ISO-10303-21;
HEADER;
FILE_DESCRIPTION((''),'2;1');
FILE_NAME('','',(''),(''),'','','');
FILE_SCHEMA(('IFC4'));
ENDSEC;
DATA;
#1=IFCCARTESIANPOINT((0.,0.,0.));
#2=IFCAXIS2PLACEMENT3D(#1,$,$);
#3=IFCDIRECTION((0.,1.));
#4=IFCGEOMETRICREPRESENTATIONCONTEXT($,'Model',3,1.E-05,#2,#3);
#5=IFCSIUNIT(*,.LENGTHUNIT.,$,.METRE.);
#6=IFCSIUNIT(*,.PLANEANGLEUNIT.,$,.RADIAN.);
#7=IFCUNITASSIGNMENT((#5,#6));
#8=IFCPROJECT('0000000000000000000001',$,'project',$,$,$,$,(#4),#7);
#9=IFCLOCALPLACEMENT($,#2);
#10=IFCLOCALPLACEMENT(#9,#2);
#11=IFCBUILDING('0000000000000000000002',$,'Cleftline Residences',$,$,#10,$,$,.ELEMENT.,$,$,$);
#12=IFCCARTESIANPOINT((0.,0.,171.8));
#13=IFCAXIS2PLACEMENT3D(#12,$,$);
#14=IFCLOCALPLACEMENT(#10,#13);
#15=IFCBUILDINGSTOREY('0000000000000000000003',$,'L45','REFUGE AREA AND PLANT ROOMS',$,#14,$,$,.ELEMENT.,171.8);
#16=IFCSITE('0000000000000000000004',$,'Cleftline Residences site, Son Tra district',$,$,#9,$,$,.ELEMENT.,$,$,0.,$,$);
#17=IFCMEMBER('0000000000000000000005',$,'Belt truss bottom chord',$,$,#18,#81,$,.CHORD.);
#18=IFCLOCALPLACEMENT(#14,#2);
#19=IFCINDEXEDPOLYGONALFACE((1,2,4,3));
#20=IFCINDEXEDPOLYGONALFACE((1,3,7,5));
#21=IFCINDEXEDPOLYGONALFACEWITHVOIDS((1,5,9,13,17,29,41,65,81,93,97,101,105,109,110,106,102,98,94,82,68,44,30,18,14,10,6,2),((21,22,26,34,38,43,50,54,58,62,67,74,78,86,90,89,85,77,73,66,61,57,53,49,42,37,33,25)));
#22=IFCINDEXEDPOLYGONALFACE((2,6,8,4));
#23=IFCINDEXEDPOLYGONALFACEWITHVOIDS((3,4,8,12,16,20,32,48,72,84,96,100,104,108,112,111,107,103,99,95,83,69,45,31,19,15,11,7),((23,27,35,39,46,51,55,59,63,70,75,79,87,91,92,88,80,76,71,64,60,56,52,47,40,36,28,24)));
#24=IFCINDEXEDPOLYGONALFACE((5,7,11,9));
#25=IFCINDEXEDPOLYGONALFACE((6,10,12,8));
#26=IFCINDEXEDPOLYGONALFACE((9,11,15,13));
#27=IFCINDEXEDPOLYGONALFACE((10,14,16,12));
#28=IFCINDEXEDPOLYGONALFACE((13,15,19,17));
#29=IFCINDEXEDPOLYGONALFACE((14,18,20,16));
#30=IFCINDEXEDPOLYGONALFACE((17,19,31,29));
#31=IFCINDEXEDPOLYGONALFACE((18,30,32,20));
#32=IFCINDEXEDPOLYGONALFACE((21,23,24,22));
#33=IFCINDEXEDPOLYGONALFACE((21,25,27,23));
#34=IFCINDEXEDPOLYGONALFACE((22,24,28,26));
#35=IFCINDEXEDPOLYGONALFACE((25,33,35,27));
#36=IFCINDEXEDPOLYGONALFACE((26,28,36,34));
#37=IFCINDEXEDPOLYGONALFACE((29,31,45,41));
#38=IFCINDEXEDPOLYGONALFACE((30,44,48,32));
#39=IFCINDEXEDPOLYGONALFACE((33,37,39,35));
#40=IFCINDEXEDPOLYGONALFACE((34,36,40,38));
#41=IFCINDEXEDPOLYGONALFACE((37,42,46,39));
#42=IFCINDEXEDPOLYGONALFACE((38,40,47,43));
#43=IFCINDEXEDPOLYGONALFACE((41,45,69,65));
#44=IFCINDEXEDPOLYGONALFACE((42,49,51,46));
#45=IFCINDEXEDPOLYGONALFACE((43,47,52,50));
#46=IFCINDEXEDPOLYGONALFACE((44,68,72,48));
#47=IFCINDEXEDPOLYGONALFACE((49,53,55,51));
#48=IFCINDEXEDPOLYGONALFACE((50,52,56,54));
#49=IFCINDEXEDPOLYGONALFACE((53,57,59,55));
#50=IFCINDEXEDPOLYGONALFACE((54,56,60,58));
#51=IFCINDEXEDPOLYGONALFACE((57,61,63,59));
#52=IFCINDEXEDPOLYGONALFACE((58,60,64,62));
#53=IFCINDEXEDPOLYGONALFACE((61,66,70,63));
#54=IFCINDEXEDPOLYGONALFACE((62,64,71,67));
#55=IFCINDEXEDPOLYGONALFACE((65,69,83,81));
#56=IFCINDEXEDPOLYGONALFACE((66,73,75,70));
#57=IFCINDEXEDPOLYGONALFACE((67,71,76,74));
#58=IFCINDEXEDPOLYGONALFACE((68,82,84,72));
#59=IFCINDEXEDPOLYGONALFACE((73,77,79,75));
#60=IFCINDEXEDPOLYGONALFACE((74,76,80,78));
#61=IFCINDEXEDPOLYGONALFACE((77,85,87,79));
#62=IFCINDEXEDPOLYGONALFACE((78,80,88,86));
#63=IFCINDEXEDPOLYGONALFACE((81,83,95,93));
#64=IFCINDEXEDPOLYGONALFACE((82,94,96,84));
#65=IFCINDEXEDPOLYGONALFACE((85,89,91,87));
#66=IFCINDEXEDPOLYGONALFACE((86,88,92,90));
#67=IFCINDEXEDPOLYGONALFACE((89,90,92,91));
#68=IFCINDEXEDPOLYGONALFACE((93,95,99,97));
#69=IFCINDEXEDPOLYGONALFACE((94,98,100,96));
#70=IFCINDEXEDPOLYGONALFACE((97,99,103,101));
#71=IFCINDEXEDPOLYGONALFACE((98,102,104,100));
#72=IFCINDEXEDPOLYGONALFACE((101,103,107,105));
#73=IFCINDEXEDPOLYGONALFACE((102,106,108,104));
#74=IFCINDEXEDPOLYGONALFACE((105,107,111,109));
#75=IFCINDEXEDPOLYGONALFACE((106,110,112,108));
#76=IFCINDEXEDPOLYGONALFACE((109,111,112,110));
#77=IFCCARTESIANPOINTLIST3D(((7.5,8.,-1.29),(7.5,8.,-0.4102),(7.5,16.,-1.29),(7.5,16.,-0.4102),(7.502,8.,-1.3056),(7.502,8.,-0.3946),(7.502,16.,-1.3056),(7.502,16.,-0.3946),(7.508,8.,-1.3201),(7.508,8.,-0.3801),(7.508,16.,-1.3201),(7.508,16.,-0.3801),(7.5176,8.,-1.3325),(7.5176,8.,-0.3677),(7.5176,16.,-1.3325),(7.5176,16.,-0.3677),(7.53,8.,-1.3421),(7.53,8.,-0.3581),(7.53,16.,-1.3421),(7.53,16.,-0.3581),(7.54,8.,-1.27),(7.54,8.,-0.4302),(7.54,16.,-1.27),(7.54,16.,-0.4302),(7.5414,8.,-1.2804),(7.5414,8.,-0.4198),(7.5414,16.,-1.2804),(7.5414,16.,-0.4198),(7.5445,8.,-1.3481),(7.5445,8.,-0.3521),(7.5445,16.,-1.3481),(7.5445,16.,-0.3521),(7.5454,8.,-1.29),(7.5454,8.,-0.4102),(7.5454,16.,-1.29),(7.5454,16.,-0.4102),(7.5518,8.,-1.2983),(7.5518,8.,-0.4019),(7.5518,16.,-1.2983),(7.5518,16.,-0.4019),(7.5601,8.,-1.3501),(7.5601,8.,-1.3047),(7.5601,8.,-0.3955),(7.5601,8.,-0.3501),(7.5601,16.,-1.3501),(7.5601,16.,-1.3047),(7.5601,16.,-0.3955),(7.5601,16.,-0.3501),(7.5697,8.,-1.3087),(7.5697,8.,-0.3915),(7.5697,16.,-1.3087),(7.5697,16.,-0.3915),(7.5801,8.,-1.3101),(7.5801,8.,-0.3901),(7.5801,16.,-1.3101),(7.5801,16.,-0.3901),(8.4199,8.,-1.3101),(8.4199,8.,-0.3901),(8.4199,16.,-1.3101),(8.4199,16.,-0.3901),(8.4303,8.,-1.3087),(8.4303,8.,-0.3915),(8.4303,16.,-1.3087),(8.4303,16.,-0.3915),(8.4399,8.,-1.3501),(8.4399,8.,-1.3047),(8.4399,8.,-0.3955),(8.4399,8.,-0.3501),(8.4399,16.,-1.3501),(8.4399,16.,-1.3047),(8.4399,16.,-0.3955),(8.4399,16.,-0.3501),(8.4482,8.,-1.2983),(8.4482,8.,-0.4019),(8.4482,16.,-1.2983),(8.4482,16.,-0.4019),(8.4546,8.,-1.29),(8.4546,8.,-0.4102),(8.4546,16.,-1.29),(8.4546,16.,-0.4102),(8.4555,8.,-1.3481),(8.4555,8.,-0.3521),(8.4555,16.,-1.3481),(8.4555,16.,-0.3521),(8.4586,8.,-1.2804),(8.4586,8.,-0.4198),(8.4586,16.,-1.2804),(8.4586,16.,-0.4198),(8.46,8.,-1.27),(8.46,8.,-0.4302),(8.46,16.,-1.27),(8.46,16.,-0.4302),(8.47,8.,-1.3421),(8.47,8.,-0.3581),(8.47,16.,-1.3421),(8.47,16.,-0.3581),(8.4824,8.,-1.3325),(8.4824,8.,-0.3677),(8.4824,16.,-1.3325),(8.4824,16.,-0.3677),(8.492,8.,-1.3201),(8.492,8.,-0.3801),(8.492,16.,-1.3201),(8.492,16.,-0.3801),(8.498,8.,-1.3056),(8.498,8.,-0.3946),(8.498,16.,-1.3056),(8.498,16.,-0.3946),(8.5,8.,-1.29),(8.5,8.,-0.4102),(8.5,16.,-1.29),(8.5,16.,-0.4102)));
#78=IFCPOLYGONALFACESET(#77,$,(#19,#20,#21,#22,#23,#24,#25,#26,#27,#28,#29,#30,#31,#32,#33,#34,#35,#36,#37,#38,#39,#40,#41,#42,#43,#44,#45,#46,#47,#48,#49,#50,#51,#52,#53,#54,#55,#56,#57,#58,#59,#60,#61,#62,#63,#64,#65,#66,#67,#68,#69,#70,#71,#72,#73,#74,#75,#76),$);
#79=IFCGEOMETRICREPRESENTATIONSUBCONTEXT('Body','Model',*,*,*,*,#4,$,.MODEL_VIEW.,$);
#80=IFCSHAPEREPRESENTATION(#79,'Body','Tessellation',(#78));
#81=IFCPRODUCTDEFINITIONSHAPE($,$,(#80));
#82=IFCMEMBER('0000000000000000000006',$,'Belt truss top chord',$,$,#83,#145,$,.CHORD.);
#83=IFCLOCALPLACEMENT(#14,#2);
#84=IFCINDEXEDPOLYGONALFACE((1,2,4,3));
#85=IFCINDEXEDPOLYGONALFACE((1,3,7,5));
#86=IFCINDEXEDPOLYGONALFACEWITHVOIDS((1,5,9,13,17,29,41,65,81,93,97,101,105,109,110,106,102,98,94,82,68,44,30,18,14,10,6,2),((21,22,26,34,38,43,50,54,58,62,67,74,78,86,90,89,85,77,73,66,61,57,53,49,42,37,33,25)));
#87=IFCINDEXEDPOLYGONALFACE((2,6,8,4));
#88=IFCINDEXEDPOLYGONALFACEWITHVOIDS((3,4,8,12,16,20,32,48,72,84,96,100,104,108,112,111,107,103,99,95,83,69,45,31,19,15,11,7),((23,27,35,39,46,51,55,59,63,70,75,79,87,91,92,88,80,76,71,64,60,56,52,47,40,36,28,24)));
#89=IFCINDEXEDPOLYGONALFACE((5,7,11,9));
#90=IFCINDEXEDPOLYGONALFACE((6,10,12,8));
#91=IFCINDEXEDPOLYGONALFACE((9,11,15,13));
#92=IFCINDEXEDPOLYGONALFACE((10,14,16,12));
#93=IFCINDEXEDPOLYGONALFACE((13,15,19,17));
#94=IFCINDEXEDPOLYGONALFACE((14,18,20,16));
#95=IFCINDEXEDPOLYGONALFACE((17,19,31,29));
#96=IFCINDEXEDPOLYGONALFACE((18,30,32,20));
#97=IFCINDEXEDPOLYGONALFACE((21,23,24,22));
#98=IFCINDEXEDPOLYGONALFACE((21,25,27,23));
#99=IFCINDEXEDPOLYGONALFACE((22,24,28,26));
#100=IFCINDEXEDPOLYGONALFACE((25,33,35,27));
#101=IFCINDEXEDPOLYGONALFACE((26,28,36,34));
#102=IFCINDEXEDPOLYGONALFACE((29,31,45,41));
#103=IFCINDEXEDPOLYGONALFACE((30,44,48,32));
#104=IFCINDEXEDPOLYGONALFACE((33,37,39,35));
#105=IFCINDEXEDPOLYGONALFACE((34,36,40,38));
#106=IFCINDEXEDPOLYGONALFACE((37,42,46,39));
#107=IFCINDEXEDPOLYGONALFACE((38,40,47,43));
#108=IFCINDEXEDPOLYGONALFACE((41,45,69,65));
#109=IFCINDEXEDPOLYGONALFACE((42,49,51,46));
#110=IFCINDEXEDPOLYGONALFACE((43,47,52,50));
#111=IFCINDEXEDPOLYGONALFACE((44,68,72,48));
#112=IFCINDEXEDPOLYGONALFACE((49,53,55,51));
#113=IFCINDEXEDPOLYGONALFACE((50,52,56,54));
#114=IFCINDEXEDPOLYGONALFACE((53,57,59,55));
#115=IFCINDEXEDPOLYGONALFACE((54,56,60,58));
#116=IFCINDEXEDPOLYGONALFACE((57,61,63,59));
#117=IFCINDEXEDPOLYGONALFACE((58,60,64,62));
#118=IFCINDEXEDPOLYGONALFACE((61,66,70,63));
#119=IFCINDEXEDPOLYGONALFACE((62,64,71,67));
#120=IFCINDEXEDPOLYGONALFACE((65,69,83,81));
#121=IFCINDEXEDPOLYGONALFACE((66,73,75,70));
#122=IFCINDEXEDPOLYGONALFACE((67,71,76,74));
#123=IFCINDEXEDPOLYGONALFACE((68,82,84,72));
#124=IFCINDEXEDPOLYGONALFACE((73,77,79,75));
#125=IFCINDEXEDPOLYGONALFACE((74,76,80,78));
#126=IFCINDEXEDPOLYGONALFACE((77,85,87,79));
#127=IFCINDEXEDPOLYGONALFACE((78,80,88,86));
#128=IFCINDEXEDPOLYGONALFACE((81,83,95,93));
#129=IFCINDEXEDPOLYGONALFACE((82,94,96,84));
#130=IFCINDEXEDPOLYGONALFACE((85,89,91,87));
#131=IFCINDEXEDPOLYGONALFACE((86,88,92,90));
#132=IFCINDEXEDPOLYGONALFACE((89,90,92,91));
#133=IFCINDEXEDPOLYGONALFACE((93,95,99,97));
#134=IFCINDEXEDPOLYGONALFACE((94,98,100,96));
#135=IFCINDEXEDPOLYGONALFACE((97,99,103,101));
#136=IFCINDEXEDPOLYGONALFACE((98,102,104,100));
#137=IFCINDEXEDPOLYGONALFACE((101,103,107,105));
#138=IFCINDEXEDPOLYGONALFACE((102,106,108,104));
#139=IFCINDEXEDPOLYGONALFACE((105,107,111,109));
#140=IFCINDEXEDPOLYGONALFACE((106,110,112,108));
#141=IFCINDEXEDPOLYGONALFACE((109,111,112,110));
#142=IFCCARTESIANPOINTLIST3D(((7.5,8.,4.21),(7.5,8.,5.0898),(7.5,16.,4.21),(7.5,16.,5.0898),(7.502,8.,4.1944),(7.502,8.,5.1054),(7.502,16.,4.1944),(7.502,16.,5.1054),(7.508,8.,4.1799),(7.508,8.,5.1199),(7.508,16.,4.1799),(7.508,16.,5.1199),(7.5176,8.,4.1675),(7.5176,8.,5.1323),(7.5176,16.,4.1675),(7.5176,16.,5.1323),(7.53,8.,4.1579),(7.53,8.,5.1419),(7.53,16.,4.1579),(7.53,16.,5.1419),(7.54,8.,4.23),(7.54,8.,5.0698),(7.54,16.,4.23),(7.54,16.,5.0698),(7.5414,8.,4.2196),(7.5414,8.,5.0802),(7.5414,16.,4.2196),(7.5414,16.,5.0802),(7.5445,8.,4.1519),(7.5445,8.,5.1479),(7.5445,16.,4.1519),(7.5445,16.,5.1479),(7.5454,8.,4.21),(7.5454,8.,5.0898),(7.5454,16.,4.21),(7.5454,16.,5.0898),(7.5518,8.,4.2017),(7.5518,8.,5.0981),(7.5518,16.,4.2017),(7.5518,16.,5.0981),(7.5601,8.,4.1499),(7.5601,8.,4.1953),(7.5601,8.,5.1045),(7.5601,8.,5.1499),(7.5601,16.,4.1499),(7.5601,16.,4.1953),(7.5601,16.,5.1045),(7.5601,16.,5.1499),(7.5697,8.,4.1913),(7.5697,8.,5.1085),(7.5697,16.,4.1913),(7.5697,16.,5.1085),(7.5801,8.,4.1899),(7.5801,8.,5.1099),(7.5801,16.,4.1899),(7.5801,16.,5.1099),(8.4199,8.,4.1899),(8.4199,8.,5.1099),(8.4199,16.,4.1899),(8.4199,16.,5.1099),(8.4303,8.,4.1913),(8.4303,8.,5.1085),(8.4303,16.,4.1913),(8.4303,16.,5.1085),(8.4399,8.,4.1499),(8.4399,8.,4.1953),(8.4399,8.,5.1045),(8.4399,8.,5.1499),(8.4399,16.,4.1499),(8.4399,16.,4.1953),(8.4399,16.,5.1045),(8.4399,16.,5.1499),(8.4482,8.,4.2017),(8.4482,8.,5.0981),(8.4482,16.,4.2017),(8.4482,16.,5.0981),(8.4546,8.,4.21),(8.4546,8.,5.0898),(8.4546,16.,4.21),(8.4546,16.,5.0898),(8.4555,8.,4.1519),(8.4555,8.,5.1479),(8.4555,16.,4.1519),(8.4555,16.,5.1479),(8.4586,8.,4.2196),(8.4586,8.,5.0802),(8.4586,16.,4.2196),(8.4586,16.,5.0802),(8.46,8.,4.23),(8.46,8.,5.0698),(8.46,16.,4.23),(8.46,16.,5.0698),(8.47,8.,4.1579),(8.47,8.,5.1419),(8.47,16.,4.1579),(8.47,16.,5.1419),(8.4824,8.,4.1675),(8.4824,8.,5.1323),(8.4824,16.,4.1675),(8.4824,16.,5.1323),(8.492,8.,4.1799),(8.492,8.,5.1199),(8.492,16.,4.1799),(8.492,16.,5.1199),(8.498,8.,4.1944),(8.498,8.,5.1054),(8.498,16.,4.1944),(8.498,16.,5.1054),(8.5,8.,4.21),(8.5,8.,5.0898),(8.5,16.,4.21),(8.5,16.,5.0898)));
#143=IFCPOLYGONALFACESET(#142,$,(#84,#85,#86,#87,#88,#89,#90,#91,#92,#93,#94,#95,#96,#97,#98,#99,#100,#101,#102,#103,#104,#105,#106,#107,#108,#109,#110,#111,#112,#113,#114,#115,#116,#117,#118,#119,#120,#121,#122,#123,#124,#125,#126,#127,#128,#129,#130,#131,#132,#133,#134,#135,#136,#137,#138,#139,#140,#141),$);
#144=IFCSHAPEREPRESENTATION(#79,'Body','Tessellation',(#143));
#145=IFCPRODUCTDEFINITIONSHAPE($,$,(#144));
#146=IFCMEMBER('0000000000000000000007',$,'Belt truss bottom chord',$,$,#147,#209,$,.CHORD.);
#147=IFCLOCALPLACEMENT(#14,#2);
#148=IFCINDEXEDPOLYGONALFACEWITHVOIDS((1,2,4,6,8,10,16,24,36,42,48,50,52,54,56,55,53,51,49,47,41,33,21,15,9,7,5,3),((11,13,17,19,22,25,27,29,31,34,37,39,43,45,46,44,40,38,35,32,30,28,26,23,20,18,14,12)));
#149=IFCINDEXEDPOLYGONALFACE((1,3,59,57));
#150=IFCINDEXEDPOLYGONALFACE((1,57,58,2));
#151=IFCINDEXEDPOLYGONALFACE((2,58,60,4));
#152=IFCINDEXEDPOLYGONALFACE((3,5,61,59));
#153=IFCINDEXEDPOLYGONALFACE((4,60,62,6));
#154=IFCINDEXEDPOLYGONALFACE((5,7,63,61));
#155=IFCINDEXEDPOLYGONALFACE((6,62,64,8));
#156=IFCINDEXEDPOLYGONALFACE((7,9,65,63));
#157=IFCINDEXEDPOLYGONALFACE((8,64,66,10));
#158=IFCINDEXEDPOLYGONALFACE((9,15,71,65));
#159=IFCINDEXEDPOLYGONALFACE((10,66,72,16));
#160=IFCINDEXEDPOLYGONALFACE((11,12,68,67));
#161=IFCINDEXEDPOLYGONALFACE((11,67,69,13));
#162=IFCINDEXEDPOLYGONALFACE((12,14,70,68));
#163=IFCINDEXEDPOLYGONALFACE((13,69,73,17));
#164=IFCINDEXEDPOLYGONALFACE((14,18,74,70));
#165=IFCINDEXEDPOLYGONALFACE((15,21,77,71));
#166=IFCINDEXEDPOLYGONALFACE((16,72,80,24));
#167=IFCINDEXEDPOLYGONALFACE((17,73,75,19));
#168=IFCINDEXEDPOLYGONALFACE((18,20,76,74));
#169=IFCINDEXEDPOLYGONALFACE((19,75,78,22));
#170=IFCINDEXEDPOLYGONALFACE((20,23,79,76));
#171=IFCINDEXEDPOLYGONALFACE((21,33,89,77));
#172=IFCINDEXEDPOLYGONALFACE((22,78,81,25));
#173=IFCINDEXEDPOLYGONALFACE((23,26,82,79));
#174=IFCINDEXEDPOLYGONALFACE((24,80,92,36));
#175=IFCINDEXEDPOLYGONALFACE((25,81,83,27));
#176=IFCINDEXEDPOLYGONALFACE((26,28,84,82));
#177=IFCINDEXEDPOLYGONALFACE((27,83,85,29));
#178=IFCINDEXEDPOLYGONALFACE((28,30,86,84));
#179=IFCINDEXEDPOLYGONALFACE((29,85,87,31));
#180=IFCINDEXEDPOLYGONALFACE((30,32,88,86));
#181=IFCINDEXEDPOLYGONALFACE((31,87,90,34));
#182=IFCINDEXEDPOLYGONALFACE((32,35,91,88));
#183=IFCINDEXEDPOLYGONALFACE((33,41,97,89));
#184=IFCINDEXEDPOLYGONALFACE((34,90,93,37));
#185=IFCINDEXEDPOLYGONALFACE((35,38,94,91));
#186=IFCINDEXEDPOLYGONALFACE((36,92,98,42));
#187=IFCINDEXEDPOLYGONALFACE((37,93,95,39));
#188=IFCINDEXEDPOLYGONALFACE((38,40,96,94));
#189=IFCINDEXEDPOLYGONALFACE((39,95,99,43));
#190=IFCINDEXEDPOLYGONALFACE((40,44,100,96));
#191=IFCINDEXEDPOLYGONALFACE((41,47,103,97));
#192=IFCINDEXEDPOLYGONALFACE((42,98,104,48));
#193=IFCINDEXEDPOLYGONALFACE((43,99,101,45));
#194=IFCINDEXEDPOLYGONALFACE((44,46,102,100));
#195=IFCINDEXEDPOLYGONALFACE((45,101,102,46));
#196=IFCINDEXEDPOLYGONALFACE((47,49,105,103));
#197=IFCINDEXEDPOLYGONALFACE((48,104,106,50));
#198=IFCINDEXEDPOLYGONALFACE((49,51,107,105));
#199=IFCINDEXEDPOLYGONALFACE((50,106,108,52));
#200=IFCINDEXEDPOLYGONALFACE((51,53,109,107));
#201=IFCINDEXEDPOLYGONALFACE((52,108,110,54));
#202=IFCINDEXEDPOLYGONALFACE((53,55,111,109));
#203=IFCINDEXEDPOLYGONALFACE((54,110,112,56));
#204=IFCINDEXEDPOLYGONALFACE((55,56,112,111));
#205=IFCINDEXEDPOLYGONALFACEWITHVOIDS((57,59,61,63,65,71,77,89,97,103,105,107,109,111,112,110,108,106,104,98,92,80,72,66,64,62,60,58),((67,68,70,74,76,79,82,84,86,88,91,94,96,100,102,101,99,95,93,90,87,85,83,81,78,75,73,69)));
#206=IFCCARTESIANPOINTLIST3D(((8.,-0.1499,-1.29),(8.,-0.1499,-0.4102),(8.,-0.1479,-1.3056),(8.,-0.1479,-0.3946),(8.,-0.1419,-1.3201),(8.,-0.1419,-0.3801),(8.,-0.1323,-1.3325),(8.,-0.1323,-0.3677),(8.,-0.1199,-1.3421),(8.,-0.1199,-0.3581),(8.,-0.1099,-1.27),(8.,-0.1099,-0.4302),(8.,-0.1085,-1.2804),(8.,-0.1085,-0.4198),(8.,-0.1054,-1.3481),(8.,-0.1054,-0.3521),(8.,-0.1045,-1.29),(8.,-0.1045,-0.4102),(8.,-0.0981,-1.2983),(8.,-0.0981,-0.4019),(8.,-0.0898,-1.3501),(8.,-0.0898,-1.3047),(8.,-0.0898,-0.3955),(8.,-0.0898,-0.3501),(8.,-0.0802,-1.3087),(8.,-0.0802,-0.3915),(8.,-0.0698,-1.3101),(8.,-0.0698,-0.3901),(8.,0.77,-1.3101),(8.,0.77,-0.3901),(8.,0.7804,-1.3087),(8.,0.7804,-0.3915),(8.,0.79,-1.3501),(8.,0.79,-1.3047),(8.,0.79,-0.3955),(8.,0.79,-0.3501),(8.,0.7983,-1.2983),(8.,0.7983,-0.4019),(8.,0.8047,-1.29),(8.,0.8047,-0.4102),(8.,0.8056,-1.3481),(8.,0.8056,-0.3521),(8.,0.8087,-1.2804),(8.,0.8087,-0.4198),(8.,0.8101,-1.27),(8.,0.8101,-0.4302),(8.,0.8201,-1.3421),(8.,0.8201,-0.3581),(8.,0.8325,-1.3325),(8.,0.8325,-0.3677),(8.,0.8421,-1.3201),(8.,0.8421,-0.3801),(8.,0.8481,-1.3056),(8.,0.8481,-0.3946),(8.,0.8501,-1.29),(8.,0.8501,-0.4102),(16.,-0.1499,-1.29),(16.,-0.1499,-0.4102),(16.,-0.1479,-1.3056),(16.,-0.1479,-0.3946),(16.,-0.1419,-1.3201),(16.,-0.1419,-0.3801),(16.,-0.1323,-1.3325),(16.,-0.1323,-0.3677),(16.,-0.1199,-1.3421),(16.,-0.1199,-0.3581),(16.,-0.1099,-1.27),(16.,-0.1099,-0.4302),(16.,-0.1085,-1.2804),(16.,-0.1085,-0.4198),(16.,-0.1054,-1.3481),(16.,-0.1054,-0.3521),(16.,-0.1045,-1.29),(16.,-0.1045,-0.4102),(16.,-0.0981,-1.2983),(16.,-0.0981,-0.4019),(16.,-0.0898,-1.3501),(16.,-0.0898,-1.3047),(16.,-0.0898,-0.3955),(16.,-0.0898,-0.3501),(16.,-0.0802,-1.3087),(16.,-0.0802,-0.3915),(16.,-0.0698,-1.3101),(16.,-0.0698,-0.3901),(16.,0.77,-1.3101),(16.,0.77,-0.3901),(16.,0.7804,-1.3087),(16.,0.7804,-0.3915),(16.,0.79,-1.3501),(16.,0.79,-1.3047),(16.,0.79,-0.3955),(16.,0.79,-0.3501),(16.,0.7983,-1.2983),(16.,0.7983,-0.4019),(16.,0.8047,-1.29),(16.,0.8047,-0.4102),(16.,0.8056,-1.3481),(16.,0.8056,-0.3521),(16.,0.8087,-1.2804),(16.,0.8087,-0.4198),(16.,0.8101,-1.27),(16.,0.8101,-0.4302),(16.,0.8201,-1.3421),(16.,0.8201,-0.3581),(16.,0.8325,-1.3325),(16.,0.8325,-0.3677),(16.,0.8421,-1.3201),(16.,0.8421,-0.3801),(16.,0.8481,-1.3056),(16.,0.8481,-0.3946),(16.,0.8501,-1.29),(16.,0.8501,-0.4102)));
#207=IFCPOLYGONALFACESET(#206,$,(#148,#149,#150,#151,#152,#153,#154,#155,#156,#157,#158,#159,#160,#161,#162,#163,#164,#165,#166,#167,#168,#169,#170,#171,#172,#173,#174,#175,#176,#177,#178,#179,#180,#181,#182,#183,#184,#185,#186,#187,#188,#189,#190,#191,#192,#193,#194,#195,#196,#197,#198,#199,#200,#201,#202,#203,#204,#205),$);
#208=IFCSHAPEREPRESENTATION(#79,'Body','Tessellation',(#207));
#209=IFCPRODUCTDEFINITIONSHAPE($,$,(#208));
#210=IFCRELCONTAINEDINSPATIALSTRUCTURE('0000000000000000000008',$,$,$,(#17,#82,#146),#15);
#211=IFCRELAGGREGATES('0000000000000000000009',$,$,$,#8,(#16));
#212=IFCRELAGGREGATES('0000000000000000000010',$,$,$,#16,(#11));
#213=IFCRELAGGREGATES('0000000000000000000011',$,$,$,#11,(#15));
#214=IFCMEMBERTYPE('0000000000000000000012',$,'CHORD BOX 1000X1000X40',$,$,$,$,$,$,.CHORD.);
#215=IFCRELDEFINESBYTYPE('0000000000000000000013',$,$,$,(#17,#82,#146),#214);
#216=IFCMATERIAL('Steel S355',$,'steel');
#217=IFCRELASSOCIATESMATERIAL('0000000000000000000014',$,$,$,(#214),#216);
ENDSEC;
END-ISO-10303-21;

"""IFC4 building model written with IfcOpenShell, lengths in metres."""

from ifc_helpers import new_model, si_unit, direction, frame, origin, origin_2d, place, context, subcontext, project, spatial, hollow_rectangle, extrude, material, material_profile, profile_set, type_object, element, save


model = new_model("IFC4")

# Units and contexts
model_context = context("Model", 3, precision=1e-05, world=origin(), true_north=direction((0.0, 1.0)))
body_context = subcontext(model_context, "Body", "Model", "MODEL_VIEW")
ifc_project = project(units=[si_unit("LENGTHUNIT", "METRE"), si_unit("PLANEANGLEUNIT", "RADIAN")], contexts=[model_context])

# Site, building, storey
site_placement = place(None, origin())
site = spatial("IfcSite", under=ifc_project, at=site_placement, Name="Cleftline Residences site, Son Tra district", CompositionType="ELEMENT", RefElevation=0.0)
building_placement = place(site_placement, origin())
building = spatial("IfcBuilding", under=site, at=building_placement, Name="Cleftline Residences", CompositionType="ELEMENT")
storey_placement = place(building_placement, frame((0.0, 0.0, 171.8)))
storey = spatial("IfcBuildingStorey", under=building, at=storey_placement, Name="L45", Description="REFUGE AREA AND PLANT ROOMS", CompositionType="ELEMENT", Elevation=171.8)

# Members
ifc_material_1 = material(Name="Steel S355", Category="steel")
ifc_material_profile_1 = material_profile(ifc_material_1, hollow_rectangle(XDim=1.0, YDim=1.0, WallThickness=0.04, InnerFilletRadius=0.04, OuterFilletRadius=0.0601, at=origin_2d()))
ifc_profile_set_1 = profile_set([ifc_material_profile_1], Name="Steel S355")
member_type_1 = type_object("IfcMemberType", Name="CHORD BOX 1000X1000X40", PredefinedType="CHORD", material=ifc_profile_set_1)
for number, where, z_axis, x_axis, name in (
    (1, (8.0, 8.0, -0.8501), (0.0, 1.0, 0.0), (-1.0, 0.0, 0.0), "Belt truss bottom chord"),
    (2, (8.0, 8.0, 4.6499), (0.0, 1.0, 0.0), (-1.0, 0.0, 0.0), "Belt truss top chord"),
    (3, (8.0, 0.3501, -0.8501), (1.0, 0.0, 0.0), (0.0, 1.0, 0.0), "Belt truss bottom chord"),
):
    element("IfcMember", number, at=place(storey_placement, frame(where, z_axis=z_axis, x_axis=x_axis)), inside=storey, type_object=member_type_1, Name=name, PredefinedType="CHORD", context=body_context, shape_type="SweptSolid", body=[
        extrude(hollow_rectangle(XDim=1.0, YDim=1.0, WallThickness=0.04, InnerFilletRadius=0.04, OuterFilletRadius=0.0601, at=origin_2d()), origin(), (0.0, 0.0, 1.0), 8.0),
    ])

save(model, "model.ifc")
